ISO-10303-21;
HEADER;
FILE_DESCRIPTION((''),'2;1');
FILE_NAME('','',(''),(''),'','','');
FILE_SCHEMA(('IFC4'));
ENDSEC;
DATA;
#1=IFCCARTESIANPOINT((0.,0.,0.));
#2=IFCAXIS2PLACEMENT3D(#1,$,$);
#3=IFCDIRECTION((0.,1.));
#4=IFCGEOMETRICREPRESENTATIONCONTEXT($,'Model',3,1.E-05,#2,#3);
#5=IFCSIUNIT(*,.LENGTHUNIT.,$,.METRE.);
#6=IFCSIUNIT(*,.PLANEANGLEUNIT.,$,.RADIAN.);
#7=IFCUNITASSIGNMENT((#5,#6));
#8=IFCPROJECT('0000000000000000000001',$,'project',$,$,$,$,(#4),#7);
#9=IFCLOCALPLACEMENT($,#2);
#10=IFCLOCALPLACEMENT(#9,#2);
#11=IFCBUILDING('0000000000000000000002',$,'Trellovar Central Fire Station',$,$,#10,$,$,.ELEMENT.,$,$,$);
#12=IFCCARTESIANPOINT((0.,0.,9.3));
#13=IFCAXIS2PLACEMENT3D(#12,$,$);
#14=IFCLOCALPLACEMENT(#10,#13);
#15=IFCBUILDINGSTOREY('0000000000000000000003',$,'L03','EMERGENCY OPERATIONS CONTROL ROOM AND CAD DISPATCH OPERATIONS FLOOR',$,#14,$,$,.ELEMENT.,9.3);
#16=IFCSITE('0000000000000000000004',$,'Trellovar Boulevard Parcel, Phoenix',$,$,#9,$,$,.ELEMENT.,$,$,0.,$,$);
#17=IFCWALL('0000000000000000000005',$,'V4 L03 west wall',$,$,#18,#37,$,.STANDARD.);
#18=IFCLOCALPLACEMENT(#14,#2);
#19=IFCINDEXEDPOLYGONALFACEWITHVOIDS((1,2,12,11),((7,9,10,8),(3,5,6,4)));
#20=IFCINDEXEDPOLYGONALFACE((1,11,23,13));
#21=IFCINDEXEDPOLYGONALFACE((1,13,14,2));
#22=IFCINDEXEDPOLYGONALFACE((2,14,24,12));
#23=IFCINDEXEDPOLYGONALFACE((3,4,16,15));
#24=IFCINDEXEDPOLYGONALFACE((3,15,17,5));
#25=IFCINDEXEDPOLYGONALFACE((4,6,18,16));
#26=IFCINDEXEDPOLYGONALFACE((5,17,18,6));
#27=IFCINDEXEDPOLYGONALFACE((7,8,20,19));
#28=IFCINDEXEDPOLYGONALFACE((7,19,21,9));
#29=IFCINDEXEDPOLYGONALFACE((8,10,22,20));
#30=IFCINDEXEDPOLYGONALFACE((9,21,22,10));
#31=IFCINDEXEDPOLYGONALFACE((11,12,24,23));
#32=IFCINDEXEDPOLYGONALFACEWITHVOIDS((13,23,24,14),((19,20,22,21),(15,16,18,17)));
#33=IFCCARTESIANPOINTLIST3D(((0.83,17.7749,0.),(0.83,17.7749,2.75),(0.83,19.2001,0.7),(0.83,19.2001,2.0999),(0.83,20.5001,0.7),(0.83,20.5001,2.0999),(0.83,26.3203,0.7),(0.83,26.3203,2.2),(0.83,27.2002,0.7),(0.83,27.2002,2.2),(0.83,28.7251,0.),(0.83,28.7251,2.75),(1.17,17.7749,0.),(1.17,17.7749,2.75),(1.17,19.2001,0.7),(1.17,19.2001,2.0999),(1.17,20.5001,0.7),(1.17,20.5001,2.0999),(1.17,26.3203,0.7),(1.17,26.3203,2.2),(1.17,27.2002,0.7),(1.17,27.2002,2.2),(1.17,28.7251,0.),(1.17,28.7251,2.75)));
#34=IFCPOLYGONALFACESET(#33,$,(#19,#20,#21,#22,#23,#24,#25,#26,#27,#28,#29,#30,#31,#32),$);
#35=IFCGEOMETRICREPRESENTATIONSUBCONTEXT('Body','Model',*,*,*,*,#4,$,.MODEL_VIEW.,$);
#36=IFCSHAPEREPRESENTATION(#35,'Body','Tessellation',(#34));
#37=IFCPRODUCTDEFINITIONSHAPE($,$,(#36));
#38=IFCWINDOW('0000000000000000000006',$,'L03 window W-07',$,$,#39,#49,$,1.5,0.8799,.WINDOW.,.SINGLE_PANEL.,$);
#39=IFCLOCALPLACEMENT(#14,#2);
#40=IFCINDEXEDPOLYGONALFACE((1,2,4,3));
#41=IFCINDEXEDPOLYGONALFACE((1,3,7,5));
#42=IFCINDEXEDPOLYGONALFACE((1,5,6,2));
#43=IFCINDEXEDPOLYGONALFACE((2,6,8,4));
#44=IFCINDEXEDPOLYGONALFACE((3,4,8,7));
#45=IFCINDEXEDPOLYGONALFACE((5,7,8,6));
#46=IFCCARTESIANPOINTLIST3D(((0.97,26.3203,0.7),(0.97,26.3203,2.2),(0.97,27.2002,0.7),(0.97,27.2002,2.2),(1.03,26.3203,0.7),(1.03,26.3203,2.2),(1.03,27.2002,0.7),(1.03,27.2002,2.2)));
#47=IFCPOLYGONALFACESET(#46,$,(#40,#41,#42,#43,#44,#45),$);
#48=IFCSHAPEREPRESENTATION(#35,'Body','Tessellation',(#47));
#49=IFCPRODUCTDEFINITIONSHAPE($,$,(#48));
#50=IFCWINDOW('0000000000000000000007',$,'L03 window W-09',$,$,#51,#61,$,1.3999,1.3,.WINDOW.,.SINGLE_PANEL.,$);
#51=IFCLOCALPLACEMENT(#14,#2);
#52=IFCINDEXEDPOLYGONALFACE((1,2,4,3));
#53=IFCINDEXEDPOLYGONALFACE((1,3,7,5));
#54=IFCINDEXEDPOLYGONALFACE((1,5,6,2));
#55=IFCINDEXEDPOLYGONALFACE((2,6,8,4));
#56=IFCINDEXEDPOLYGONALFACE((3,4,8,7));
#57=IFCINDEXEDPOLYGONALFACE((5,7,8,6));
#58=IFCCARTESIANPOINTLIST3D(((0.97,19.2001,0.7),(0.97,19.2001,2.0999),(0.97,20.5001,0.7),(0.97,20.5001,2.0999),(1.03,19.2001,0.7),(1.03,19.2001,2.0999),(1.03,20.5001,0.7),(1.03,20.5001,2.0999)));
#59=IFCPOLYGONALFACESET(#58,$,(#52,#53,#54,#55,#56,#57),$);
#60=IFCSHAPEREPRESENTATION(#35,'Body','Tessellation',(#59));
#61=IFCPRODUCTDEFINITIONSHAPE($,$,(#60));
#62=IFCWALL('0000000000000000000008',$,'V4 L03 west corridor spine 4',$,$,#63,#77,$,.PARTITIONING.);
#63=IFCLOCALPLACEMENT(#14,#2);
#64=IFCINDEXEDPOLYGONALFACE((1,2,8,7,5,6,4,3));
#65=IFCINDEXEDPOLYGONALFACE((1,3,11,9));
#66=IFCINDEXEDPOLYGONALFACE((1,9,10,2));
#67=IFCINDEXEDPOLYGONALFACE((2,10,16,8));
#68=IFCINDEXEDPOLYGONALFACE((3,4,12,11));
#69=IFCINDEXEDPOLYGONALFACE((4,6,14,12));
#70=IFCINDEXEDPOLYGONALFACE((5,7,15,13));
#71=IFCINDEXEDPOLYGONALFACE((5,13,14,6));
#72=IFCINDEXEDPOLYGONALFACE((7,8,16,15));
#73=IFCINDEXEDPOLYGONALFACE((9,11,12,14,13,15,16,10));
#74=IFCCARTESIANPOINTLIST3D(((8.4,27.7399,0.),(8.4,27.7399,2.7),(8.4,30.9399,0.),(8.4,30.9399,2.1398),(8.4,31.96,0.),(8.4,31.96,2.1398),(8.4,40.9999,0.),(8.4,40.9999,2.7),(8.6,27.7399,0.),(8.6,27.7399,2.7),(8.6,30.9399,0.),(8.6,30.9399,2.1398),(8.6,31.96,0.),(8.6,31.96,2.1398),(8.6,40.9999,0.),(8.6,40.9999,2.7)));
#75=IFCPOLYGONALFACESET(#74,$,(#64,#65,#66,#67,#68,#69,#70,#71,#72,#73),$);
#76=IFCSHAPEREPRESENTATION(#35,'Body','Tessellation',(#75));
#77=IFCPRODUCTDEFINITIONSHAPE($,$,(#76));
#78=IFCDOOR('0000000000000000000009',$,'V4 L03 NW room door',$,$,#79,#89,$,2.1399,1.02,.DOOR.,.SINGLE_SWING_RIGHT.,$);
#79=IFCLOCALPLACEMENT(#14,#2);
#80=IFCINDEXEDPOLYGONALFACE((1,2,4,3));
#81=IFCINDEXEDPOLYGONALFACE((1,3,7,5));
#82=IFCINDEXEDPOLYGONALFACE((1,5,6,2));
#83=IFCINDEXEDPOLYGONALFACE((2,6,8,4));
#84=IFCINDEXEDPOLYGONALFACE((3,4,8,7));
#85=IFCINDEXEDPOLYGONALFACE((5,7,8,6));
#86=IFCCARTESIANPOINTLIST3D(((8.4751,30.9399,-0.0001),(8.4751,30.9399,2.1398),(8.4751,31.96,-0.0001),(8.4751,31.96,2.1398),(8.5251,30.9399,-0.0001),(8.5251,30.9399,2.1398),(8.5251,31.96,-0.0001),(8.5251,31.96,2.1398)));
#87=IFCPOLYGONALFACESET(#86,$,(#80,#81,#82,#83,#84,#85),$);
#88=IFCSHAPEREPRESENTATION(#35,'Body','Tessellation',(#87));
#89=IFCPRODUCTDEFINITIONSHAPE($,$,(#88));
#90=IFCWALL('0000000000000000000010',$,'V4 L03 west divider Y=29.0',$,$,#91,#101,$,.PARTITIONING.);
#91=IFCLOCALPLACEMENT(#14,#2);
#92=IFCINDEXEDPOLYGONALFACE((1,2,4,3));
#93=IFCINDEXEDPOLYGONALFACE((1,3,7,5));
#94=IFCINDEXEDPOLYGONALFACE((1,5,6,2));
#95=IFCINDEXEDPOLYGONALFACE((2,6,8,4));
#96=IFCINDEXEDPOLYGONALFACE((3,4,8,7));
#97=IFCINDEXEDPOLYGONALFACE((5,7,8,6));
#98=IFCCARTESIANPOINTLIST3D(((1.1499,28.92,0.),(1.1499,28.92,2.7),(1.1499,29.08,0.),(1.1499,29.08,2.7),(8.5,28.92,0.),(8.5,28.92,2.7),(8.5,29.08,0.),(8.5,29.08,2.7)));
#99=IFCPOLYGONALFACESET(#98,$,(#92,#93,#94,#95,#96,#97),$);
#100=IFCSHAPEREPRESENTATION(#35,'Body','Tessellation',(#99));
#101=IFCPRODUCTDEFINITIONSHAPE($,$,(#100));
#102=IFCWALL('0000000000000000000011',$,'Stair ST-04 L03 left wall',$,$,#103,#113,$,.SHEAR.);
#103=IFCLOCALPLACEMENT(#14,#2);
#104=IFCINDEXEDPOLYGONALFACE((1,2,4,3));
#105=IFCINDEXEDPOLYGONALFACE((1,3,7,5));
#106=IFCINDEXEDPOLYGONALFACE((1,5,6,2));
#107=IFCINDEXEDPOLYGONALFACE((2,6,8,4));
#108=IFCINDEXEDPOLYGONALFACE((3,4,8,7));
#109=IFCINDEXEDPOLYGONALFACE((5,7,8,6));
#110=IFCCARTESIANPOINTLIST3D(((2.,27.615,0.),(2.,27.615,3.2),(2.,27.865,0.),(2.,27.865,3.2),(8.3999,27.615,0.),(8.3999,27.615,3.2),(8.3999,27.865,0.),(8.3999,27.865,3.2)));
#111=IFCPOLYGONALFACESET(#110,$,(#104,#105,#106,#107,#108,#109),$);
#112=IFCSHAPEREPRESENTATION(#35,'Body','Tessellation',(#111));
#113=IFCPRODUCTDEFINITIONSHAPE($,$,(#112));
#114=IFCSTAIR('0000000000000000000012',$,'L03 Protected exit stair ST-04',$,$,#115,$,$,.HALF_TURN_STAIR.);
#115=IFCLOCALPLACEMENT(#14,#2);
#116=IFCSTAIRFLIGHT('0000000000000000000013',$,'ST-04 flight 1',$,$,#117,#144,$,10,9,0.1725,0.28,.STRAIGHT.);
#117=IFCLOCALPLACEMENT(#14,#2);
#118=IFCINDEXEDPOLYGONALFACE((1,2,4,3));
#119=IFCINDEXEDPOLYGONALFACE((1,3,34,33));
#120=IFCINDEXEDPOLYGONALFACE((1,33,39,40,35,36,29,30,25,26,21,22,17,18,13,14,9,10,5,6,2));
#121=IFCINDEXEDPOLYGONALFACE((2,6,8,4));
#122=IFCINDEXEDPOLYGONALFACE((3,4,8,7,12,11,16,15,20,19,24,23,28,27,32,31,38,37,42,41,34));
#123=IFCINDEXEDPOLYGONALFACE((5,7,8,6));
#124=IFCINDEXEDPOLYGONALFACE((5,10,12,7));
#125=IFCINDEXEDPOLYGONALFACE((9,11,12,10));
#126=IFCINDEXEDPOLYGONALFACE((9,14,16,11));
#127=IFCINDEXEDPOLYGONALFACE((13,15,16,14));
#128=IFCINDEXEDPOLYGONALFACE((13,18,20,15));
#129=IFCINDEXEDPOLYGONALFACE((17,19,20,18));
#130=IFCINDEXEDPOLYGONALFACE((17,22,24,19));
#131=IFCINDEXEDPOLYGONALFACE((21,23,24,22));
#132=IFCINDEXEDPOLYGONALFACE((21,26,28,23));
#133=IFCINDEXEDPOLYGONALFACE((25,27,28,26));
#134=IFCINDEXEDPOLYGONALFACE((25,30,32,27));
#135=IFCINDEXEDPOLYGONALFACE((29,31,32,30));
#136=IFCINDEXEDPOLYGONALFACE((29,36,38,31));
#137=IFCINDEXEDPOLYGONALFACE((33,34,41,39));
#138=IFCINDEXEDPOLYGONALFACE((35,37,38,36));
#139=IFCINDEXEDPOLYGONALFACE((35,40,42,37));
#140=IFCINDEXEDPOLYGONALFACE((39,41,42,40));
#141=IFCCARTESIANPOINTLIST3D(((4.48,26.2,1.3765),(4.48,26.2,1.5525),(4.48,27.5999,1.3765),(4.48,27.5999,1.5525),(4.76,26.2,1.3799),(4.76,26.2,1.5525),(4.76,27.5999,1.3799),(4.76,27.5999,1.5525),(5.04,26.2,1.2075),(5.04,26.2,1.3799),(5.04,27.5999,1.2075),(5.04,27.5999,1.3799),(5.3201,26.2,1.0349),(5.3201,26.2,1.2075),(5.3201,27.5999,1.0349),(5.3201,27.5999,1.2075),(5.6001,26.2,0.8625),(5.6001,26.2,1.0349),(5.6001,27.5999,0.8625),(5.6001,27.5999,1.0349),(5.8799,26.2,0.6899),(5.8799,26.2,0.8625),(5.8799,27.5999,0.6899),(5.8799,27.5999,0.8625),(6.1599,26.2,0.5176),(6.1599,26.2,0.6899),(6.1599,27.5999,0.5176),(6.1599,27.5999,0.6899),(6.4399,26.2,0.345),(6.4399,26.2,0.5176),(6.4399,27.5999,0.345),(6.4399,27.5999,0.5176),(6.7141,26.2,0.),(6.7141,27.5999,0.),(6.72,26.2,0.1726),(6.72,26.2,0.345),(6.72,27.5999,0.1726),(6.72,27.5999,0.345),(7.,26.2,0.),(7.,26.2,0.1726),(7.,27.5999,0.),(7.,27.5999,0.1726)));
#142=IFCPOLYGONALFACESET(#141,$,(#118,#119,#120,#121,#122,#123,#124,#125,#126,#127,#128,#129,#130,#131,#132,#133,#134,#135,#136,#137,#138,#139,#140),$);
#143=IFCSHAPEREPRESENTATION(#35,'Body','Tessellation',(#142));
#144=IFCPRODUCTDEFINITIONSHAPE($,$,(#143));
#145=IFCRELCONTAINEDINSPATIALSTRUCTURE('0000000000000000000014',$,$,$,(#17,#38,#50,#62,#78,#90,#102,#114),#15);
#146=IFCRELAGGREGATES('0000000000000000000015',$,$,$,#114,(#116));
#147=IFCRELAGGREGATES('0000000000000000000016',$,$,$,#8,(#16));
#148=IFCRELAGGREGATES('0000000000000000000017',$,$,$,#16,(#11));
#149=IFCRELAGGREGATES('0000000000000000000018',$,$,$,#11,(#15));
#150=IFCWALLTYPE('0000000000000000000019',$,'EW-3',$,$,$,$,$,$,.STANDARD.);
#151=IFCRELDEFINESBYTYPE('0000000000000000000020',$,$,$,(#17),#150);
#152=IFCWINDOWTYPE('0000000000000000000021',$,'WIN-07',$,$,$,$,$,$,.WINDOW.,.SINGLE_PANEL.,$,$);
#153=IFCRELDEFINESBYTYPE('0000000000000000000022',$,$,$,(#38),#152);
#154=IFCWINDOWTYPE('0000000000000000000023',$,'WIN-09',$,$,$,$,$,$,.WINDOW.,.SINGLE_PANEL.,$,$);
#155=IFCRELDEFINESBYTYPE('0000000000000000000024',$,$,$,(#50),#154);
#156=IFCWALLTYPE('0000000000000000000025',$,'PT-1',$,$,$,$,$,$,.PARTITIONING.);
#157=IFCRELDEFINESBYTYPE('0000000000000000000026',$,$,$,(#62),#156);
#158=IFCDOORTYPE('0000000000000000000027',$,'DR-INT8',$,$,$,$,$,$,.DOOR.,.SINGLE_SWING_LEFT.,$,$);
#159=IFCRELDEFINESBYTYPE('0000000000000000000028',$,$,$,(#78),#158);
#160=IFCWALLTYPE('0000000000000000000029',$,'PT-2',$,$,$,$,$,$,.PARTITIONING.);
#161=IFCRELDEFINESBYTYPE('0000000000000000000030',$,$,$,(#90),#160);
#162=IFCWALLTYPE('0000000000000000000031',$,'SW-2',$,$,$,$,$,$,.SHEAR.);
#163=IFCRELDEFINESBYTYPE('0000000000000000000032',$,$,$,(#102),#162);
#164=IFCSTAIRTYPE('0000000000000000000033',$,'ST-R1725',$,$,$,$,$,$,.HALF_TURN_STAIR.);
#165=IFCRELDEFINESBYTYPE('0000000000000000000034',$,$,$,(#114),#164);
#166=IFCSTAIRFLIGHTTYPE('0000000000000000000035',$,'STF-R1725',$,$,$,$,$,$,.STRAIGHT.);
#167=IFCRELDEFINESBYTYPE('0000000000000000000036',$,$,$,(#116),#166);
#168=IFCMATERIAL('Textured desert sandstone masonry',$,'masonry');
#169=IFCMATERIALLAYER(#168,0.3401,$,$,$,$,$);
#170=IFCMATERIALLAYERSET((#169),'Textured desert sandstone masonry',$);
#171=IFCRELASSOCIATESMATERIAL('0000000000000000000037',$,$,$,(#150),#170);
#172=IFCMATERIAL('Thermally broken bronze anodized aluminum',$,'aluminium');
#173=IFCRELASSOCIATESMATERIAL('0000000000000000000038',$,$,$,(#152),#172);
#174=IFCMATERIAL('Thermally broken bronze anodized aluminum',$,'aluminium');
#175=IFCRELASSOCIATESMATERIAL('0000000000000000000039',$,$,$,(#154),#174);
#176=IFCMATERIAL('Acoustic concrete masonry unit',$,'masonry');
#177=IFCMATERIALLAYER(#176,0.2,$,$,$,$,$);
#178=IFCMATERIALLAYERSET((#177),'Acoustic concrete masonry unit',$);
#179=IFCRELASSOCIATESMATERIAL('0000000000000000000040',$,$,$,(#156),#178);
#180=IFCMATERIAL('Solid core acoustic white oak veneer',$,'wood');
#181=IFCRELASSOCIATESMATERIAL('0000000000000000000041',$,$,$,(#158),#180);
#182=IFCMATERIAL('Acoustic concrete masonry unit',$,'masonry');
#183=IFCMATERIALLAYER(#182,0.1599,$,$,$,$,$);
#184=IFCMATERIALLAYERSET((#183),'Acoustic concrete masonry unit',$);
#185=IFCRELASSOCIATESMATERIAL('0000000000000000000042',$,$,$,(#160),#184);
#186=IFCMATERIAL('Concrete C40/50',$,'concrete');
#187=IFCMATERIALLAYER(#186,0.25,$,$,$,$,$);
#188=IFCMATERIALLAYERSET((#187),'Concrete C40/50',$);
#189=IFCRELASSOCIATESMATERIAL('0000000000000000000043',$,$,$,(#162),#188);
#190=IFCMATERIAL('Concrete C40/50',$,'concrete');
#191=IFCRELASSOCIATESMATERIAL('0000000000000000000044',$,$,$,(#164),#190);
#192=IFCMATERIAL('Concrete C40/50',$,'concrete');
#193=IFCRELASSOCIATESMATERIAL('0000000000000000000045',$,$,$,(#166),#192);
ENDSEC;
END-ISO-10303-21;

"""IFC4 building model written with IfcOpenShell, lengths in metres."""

from ifc_helpers import new_model, si_unit, direction, frame, frame_2d, origin, place, context, subcontext, project, spatial, polyline, rectangle, outline, extrude, material, layer, layer_set, type_object, element, fill, aggregate, save


model = new_model("IFC4")

# Units and contexts
model_context = context("Model", 3, precision=1e-05, world=origin(), true_north=direction((0.0, 1.0)))
body_context = subcontext(model_context, "Body", "Model", "MODEL_VIEW")
ifc_project = project(units=[si_unit("LENGTHUNIT", "METRE"), si_unit("PLANEANGLEUNIT", "RADIAN")], contexts=[model_context])

# Site, building, storey
site_placement = place(None, origin())
site = spatial("IfcSite", under=ifc_project, at=site_placement, Name="Trellovar Boulevard Parcel, Phoenix", CompositionType="ELEMENT", RefElevation=0.0)
building_placement = place(site_placement, origin())
building = spatial("IfcBuilding", under=site, at=building_placement, Name="Trellovar Central Fire Station", CompositionType="ELEMENT")
storey_placement = place(building_placement, frame((0.0, 0.0, 9.3)))
storey = spatial("IfcBuildingStorey", under=building, at=storey_placement, Name="L03", Description="EMERGENCY OPERATIONS CONTROL ROOM AND CAD DISPATCH OPERATIONS FLOOR", CompositionType="ELEMENT", Elevation=9.3)

# Wall, openings, windows
ifc_material_1 = material(Name="Textured desert sandstone masonry", Category="masonry")
ifc_layer_1 = layer(ifc_material_1, 0.3401)
ifc_layer_set_1 = layer_set([ifc_layer_1], Name="Textured desert sandstone masonry")
wall_type_1 = type_object("IfcWallType", Name="EW-3", PredefinedType="STANDARD", material=ifc_layer_set_1)
wall_1_placement = place(storey_placement, frame((1.0, 28.7251, 0.0), z_axis=(0.0, 0.0, 1.0), x_axis=(0.0, -1.0, 0.0)))
wall_1 = element("IfcWall", 1, at=wall_1_placement, inside=storey, type_object=wall_type_1, Name="V4 L03 west wall", PredefinedType="STANDARD", context=body_context, shape_type="SweptSolid", body=[
    extrude(rectangle(XDim=10.9502, YDim=0.3401, at=frame_2d((5.4751, 0.0))), origin(), (0.0, 0.0, 1.0), 2.75),
])
opening_1_placement = place(wall_1_placement, frame((1.5249, 0.0, 0.7)))
opening_1 = element("IfcOpeningElement", 2, at=opening_1_placement, cuts=wall_1, PredefinedType="OPENING", context=body_context, shape_type="SweptSolid", body=[
    extrude(rectangle(XDim=0.8799, YDim=1.5, at=frame_2d((0.4399, 0.75))), frame((0.0, 0.1799, 0.0), z_axis=(0.0, -1.0, 0.0), x_axis=(1.0, 0.0, 0.0)), (0.0, 0.0, 1.0), 0.3601),
])
opening_2_placement = place(wall_1_placement, frame((8.2251, 0.0, 0.7)))
opening_2 = element("IfcOpeningElement", 3, at=opening_2_placement, cuts=wall_1, PredefinedType="OPENING", context=body_context, shape_type="SweptSolid", body=[
    extrude(rectangle(XDim=1.3, YDim=1.3999, at=frame_2d((0.6499, 0.7))), frame((0.0, 0.1799, 0.0), z_axis=(0.0, -1.0, 0.0), x_axis=(1.0, 0.0, 0.0)), (0.0, 0.0, 1.0), 0.3601),
])
ifc_material_2 = material(Name="Thermally broken bronze anodized aluminum", Category="aluminium")
window_type_1 = type_object("IfcWindowType", Name="WIN-07", PartitioningType="SINGLE_PANEL", PredefinedType="WINDOW", material=ifc_material_2)
window_1_placement = place(opening_1_placement, origin())
window_1 = element("IfcWindow", 4, at=window_1_placement, inside=storey, type_object=window_type_1, Name="L03 window W-07", OverallHeight=1.5, OverallWidth=0.8799, PartitioningType="SINGLE_PANEL", PredefinedType="WINDOW", context=body_context, shape_type="SweptSolid", body=[
    extrude(rectangle(XDim=0.8799, YDim=1.5, at=frame_2d((0.4399, 0.75))), frame((0.0, 0.03, 0.0), z_axis=(0.0, -1.0, 0.0), x_axis=(1.0, 0.0, 0.0)), (0.0, 0.0, 1.0), 0.0601),
])
fill(opening_1, window_1)
ifc_material_3 = material(Name="Thermally broken bronze anodized aluminum", Category="aluminium")
window_type_2 = type_object("IfcWindowType", Name="WIN-09", PartitioningType="SINGLE_PANEL", PredefinedType="WINDOW", material=ifc_material_3)
window_2_placement = place(opening_2_placement, origin())
window_2 = element("IfcWindow", 5, at=window_2_placement, inside=storey, type_object=window_type_2, Name="L03 window W-09", OverallHeight=1.3999, OverallWidth=1.3, PartitioningType="SINGLE_PANEL", PredefinedType="WINDOW", context=body_context, shape_type="SweptSolid", body=[
    extrude(rectangle(XDim=1.3, YDim=1.3999, at=frame_2d((0.6499, 0.7))), frame((0.0, 0.03, 0.0), z_axis=(0.0, -1.0, 0.0), x_axis=(1.0, 0.0, 0.0)), (0.0, 0.0, 1.0), 0.0601),
])
fill(opening_2, window_2)

# Wall, opening, door
ifc_material_4 = material(Name="Acoustic concrete masonry unit", Category="masonry")
ifc_layer_2 = layer(ifc_material_4, 0.2)
ifc_layer_set_2 = layer_set([ifc_layer_2], Name="Acoustic concrete masonry unit")
wall_type_2 = type_object("IfcWallType", Name="PT-1", PredefinedType="PARTITIONING", material=ifc_layer_set_2)
wall_2_placement = place(storey_placement, frame((8.5, 27.74, 0.0), z_axis=(0.0, 0.0, 1.0), x_axis=(0.0, 1.0, 0.0)))
wall_2 = element("IfcWall", 6, at=wall_2_placement, inside=storey, type_object=wall_type_2, Name="V4 L03 west corridor spine 4", PredefinedType="PARTITIONING", context=body_context, shape_type="SweptSolid", body=[
    extrude(rectangle(XDim=13.26, YDim=0.2, at=frame_2d((6.6299, 0.0))), origin(), (0.0, 0.0, 1.0), 2.7),
])
opening_3_placement = place(wall_2_placement, frame((3.2, 0.0, 0.0)))
opening_3 = element("IfcOpeningElement", 7, at=opening_3_placement, cuts=wall_2, PredefinedType="OPENING", context=body_context, shape_type="SweptSolid", body=[
    extrude(rectangle(XDim=1.02, YDim=2.1399, at=frame_2d((0.51, 1.0698))), frame((0.0, 0.1099, 0.0), z_axis=(0.0, -1.0, 0.0), x_axis=(1.0, 0.0, 0.0)), (0.0, 0.0, 1.0), 0.22),
])
ifc_material_5 = material(Name="Solid core acoustic white oak veneer", Category="wood")
door_type_1 = type_object("IfcDoorType", Name="DR-INT8", OperationType="SINGLE_SWING_LEFT", PredefinedType="DOOR", material=ifc_material_5)
door_1_placement = place(opening_3_placement, origin())
door_1 = element("IfcDoor", 8, at=door_1_placement, inside=storey, type_object=door_type_1, Name="V4 L03 NW room door", OperationType="SINGLE_SWING_RIGHT", OverallHeight=2.1399, OverallWidth=1.02, PredefinedType="DOOR", context=body_context, shape_type="SweptSolid", body=[
    extrude(rectangle(XDim=1.02, YDim=2.1399, at=frame_2d((0.51, 1.0698))), frame((0.0, 0.0249, 0.0), z_axis=(0.0, -1.0, 0.0), x_axis=(1.0, 0.0, 0.0)), (0.0, 0.0, 1.0), 0.05),
])
fill(opening_3, door_1)

# Wall
ifc_material_6 = material(Name="Acoustic concrete masonry unit", Category="masonry")
ifc_layer_3 = layer(ifc_material_6, 0.1599)
ifc_layer_set_3 = layer_set([ifc_layer_3], Name="Acoustic concrete masonry unit")
wall_type_3 = type_object("IfcWallType", Name="PT-2", PredefinedType="PARTITIONING", material=ifc_layer_set_3)
wall_3_placement = place(storey_placement, frame((1.1499, 29.0, 0.0), z_axis=(0.0, 0.0, 1.0), x_axis=(1.0, 0.0, 0.0)))
element("IfcWall", 9, at=wall_3_placement, inside=storey, type_object=wall_type_3, Name="V4 L03 west divider Y=29.0", PredefinedType="PARTITIONING", context=body_context, shape_type="SweptSolid", body=[
    extrude(rectangle(XDim=7.3501, YDim=0.1599, at=frame_2d((3.675, 0.0))), origin(), (0.0, 0.0, 1.0), 2.7),
])

# Wall
ifc_material_7 = material(Name="Concrete C40/50", Category="concrete")
ifc_layer_4 = layer(ifc_material_7, 0.25)
ifc_layer_set_4 = layer_set([ifc_layer_4], Name="Concrete C40/50")
wall_type_4 = type_object("IfcWallType", Name="SW-2", PredefinedType="SHEAR", material=ifc_layer_set_4)
wall_4_placement = place(storey_placement, frame((8.3999, 27.74, 0.0), z_axis=(0.0, 0.0, 1.0), x_axis=(-1.0, 0.0, 0.0)))
element("IfcWall", 10, at=wall_4_placement, inside=storey, type_object=wall_type_4, Name="Stair ST-04 L03 left wall", PredefinedType="SHEAR", context=body_context, shape_type="SweptSolid", body=[
    extrude(rectangle(XDim=6.3999, YDim=0.25, at=frame_2d((3.2, 0.0))), origin(), (0.0, 0.0, 1.0), 3.2),
])

# Stair, stair flight
ifc_material_8 = material(Name="Concrete C40/50", Category="concrete")
stair_type = type_object("IfcStairType", Name="ST-R1725", PredefinedType="HALF_TURN_STAIR", material=ifc_material_8)
stair_placement = place(storey_placement, origin())
stair = element("IfcStair", 11, at=stair_placement, inside=storey, type_object=stair_type, Name="L03 Protected exit stair ST-04", PredefinedType="HALF_TURN_STAIR")
ifc_material_9 = material(Name="Concrete C40/50", Category="concrete")
stair_flight_type = type_object("IfcStairFlightType", Name="STF-R1725", PredefinedType="STRAIGHT", material=ifc_material_9)
stair_flight_placement = place(storey_placement, frame((7.0, 26.8999, 0.0), z_axis=(0.0, 0.0, 1.0), x_axis=(-1.0, 0.0, 0.0)))
stair_flight = element("IfcStairFlight", 12, at=stair_flight_placement, type_object=stair_flight_type, Name="ST-04 flight 1", NumberOfRisers=10, NumberOfTreads=9, PredefinedType="STRAIGHT", RiserHeight=0.1725, TreadLength=0.28, context=body_context, shape_type="SweptSolid", body=[
    extrude(outline(polyline([(0.0, 0.0), (0.0, 0.1726), (0.28, 0.1726), (0.28, 0.345), (0.5601, 0.345), (0.5601, 0.5176), (0.8401, 0.5176), (0.8401, 0.6899), (1.1201, 0.6899), (1.1201, 0.8625), (1.3999, 0.8625), (1.3999, 1.0349), (1.6799, 1.0349), (1.6799, 1.2075), (1.96, 1.2075), (1.96, 1.3799), (2.24, 1.3799), (2.24, 1.5525), (2.52, 1.5525), (2.52, 1.7251), (2.52, 1.3765), (0.2859, 0.0), (0.0, 0.0)])), frame((0.0, 0.7, 0.0), z_axis=(0.0, -1.0, 0.0), x_axis=(1.0, 0.0, 0.0)), (0.0, 0.0, 1.0), 1.3999),
])
aggregate(stair, [stair_flight])

save(model, "model.ifc")
